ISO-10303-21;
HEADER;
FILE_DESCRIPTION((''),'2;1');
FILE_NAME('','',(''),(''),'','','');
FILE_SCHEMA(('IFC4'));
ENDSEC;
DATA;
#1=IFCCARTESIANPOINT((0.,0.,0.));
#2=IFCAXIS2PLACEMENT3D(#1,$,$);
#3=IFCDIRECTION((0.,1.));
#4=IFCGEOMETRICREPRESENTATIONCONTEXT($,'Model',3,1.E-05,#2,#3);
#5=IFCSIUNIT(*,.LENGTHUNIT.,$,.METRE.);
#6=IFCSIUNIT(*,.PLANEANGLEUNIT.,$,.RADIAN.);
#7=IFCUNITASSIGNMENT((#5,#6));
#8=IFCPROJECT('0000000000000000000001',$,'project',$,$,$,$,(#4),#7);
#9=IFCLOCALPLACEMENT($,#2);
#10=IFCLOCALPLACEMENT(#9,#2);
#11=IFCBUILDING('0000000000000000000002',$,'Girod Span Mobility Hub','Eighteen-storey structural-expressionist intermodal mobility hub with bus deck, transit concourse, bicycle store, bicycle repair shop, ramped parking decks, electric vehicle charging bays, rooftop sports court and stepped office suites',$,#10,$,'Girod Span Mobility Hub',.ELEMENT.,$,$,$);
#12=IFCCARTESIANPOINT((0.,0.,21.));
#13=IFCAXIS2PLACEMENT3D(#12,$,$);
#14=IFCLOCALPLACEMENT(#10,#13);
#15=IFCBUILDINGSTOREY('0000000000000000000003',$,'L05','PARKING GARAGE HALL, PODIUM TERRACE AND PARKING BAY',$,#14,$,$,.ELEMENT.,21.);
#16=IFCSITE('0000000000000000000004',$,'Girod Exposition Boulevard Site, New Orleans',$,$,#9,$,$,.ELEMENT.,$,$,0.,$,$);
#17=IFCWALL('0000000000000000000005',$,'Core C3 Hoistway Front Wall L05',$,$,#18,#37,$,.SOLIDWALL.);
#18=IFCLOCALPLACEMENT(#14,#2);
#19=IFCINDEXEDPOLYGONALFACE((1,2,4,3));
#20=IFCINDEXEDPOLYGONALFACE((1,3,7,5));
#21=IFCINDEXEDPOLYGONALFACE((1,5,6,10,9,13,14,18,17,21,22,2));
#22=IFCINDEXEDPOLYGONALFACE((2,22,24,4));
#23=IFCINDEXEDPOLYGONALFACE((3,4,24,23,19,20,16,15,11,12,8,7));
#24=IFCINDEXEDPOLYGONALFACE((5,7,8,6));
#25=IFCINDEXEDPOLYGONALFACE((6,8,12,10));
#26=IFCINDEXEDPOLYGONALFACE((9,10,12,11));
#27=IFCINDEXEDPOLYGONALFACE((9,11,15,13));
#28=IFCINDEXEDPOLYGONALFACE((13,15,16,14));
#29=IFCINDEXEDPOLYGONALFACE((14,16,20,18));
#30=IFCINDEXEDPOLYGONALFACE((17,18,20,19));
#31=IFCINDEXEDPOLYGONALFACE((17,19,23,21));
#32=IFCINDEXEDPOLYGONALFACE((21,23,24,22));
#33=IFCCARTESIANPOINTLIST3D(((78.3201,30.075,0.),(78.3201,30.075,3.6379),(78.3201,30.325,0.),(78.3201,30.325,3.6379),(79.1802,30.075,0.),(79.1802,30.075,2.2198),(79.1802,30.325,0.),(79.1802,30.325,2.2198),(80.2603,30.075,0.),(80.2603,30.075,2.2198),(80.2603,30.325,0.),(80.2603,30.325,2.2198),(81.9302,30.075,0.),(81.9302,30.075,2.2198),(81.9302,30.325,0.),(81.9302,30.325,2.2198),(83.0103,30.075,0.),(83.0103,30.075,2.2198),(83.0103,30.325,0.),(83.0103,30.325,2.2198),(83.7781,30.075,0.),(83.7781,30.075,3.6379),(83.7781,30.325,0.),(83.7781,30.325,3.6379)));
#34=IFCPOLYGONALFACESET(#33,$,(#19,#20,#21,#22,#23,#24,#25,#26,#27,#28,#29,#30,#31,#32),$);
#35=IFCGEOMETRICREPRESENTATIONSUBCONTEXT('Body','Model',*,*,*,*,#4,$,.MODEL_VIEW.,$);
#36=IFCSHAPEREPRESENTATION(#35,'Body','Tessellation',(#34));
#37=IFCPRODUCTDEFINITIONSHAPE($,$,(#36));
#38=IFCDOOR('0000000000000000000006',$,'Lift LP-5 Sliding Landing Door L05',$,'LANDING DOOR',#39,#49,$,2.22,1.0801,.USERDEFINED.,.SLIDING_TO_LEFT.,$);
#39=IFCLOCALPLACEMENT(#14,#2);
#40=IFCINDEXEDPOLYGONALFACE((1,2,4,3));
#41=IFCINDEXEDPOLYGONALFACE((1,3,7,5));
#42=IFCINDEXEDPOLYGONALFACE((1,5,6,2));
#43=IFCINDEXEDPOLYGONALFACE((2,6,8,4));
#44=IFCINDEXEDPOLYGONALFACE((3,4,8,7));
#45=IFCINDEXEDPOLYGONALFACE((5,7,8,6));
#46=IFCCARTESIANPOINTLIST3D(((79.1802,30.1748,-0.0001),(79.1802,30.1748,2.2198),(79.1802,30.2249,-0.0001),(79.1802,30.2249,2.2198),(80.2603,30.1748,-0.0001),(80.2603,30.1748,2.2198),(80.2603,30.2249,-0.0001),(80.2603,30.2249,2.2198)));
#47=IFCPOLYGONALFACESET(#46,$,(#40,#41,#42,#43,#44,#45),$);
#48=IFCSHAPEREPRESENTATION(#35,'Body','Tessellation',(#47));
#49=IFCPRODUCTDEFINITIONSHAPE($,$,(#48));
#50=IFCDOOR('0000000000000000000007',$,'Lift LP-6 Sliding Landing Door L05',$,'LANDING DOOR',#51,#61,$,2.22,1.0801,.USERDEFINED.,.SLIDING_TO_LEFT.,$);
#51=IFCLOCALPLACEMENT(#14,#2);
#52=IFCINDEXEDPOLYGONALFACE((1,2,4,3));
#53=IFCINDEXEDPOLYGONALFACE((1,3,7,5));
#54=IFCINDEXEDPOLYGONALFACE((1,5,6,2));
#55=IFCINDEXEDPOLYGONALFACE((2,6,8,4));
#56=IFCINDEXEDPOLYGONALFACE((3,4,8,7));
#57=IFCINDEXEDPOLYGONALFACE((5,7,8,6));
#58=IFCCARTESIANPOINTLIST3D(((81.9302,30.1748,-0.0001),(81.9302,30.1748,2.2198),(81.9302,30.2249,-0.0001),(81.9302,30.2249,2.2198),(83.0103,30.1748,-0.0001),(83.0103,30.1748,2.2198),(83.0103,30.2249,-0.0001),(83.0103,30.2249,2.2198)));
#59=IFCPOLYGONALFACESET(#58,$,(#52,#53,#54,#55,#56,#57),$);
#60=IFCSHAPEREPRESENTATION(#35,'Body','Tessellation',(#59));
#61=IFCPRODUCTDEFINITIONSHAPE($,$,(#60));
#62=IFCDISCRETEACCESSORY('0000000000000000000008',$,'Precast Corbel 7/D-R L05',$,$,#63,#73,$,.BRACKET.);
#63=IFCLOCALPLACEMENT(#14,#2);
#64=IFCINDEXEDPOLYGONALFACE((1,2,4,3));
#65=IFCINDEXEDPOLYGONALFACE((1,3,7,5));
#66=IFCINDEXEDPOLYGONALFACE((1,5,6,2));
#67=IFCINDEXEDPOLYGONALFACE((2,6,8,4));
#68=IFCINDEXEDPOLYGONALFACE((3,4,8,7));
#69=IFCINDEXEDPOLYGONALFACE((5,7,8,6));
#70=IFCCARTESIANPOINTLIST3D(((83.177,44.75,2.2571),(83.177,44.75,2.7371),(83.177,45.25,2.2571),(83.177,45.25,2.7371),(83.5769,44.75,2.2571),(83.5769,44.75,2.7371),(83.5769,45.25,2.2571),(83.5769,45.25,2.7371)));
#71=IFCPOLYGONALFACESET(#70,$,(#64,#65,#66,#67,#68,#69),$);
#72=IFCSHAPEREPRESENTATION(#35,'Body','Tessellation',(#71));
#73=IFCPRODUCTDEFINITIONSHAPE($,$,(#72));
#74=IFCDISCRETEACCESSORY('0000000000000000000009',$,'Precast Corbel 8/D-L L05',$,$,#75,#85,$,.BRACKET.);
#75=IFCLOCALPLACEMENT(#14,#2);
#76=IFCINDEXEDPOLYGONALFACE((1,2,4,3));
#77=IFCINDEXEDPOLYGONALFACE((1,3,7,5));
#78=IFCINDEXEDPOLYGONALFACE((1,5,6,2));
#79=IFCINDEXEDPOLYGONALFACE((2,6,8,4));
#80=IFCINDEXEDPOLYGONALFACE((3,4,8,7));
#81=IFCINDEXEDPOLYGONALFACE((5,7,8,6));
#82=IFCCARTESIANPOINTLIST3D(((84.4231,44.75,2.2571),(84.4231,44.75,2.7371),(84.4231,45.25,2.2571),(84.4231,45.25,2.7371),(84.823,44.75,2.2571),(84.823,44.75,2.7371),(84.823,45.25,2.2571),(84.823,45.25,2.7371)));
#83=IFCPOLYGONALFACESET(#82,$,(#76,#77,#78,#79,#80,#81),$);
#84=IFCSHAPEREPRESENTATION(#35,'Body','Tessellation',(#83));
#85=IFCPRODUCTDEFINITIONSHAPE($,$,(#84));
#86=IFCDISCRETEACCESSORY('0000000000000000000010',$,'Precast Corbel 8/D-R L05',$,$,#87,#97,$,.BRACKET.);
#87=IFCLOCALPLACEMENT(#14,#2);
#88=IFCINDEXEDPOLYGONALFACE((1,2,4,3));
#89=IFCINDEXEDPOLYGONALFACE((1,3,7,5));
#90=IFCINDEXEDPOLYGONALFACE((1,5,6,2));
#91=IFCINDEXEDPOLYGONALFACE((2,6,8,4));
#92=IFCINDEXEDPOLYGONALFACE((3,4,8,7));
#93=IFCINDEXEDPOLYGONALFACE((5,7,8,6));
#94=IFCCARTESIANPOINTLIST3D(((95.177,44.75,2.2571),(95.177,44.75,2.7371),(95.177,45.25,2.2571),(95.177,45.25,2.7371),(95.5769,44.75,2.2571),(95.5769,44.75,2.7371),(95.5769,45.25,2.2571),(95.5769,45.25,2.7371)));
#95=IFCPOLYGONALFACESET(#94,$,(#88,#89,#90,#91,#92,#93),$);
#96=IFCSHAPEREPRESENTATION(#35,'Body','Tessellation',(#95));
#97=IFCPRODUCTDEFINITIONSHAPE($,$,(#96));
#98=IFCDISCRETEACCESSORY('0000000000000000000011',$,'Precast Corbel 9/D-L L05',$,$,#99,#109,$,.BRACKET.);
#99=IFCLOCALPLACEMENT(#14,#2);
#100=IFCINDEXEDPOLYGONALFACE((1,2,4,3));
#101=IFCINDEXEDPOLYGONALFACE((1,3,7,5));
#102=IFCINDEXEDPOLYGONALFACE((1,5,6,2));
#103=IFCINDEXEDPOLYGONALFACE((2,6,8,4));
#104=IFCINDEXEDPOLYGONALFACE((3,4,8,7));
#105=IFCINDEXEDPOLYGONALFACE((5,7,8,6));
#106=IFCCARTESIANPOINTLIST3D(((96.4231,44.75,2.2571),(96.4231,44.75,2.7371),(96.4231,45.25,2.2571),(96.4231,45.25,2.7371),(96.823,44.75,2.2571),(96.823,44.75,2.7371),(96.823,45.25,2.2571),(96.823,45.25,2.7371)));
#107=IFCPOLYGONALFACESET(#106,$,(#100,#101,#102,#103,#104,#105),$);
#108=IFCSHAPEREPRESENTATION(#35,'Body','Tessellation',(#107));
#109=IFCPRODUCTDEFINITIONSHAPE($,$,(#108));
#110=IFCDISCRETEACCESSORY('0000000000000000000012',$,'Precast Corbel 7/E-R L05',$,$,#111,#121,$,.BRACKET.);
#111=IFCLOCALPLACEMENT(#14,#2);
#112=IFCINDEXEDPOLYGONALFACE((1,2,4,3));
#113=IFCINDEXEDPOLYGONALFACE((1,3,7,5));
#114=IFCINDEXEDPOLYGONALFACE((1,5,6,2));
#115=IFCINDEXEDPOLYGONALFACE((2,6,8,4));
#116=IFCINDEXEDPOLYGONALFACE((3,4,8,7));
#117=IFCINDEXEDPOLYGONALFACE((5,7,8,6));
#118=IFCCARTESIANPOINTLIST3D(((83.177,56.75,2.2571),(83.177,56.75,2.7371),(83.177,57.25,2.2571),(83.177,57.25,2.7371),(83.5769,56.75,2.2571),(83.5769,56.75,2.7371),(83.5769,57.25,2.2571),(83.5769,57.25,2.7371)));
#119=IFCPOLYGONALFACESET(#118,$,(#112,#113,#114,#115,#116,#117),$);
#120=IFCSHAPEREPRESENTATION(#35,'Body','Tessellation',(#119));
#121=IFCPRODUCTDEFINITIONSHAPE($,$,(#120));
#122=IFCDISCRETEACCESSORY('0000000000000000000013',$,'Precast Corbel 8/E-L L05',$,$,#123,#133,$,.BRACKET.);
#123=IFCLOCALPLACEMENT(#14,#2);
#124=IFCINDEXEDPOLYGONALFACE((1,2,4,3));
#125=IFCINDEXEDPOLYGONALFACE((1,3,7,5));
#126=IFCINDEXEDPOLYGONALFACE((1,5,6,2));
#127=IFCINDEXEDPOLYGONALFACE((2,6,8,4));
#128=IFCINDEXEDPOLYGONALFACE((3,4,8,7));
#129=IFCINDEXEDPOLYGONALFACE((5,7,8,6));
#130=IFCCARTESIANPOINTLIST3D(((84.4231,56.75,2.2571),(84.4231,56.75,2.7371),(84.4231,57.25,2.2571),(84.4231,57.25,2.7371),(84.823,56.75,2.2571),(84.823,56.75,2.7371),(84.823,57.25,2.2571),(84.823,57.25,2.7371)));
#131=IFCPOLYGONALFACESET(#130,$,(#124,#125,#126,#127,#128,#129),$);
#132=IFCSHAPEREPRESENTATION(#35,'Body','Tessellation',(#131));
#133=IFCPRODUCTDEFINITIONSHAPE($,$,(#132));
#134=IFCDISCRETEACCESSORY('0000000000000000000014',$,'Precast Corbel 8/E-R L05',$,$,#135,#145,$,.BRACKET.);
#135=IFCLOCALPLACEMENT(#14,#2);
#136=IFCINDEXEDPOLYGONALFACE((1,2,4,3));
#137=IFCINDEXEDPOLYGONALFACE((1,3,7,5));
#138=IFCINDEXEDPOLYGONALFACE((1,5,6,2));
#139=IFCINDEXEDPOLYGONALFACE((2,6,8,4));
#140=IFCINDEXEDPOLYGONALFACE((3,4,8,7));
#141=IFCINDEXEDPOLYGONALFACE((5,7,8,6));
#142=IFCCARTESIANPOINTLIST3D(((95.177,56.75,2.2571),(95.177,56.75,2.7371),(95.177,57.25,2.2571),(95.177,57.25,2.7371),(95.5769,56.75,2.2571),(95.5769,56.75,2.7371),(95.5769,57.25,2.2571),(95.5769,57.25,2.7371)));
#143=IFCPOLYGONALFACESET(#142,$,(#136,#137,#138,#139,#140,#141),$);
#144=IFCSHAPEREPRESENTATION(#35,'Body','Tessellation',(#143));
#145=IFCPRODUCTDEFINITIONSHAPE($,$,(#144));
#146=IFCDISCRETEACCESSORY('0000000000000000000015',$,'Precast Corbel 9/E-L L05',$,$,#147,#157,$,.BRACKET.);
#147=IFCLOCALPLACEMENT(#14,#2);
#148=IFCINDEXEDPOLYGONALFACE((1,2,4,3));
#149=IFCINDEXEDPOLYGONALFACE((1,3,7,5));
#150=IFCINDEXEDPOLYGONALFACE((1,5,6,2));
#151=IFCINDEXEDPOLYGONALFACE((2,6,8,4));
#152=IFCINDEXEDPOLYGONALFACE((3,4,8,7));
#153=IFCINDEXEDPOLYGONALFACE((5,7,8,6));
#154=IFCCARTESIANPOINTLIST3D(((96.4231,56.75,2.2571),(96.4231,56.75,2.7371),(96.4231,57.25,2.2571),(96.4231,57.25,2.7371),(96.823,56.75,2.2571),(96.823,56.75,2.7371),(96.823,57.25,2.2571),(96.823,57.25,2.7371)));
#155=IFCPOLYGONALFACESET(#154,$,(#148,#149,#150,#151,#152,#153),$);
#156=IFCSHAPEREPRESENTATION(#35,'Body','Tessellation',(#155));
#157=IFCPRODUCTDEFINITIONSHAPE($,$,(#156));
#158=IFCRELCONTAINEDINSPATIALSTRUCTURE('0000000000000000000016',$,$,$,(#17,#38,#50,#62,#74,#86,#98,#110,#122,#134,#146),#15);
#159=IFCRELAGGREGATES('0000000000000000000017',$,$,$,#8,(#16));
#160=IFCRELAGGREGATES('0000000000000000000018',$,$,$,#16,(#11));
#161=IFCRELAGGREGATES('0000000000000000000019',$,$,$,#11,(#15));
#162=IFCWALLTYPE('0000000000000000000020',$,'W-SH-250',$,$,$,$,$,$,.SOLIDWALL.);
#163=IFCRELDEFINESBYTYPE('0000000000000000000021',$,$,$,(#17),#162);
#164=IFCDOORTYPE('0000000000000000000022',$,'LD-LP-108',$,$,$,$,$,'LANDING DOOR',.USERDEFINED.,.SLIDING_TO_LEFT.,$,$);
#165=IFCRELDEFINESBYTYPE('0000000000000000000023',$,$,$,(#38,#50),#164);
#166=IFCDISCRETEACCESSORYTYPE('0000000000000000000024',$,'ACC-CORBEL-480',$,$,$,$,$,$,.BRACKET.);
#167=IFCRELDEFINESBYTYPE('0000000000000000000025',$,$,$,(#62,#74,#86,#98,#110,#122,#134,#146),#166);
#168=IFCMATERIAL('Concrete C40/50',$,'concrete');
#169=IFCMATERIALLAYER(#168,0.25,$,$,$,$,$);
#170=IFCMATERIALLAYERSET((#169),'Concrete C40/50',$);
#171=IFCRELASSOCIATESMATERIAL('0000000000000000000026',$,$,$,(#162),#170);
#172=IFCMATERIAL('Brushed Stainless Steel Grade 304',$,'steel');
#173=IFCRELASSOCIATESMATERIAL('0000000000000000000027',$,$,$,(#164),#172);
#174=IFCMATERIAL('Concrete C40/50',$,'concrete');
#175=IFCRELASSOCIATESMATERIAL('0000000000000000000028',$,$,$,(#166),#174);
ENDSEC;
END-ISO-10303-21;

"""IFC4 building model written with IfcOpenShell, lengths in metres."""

from ifc_helpers import new_model, si_unit, direction, frame, frame_2d, origin, origin_2d, place, context, subcontext, project, spatial, rectangle, extrude, material, layer, layer_set, type_object, element, fill, save


model = new_model("IFC4")

# Units and contexts
model_context = context("Model", 3, precision=1e-05, world=origin(), true_north=direction((0.0, 1.0)))
body_context = subcontext(model_context, "Body", "Model", "MODEL_VIEW")
ifc_project = project(units=[si_unit("LENGTHUNIT", "METRE"), si_unit("PLANEANGLEUNIT", "RADIAN")], contexts=[model_context])

# Site, building, storey
site_placement = place(None, origin())
site = spatial("IfcSite", under=ifc_project, at=site_placement, Name="Girod Exposition Boulevard Site, New Orleans", CompositionType="ELEMENT", RefElevation=0.0)
building_placement = place(site_placement, origin())
building = spatial("IfcBuilding", under=site, at=building_placement, Name="Girod Span Mobility Hub", Description="Eighteen-storey structural-expressionist intermodal mobility hub with bus deck, transit concourse, bicycle store, bicycle repair shop, ramped parking decks, electric vehicle charging bays, rooftop sports court and stepped office suites", LongName="Girod Span Mobility Hub", CompositionType="ELEMENT")
storey_placement = place(building_placement, frame((0.0, 0.0, 21.0)))
storey = spatial("IfcBuildingStorey", under=building, at=storey_placement, Name="L05", Description="PARKING GARAGE HALL, PODIUM TERRACE AND PARKING BAY", CompositionType="ELEMENT", Elevation=21.0)

# Wall, openings, doors
ifc_material_1 = material(Name="Concrete C40/50", Category="concrete")
ifc_layer_1 = layer(ifc_material_1, 0.25)
ifc_layer_set_1 = layer_set([ifc_layer_1], Name="Concrete C40/50")
wall_type_1 = type_object("IfcWallType", Name="W-SH-250", PredefinedType="SOLIDWALL", material=ifc_layer_set_1)
wall_1_placement = place(storey_placement, frame((78.3201, 30.2, 0.0), z_axis=(0.0, 0.0, 1.0), x_axis=(1.0, 0.0, 0.0)))
wall_1 = element("IfcWall", 1, at=wall_1_placement, inside=storey, type_object=wall_type_1, Name="Core C3 Hoistway Front Wall L05", PredefinedType="SOLIDWALL", context=body_context, shape_type="SweptSolid", body=[
    extrude(rectangle(XDim=5.458, YDim=0.25, at=frame_2d((2.729, 0.0))), origin(), (0.0, 0.0, 1.0), 3.6379),
])
opening_1_placement = place(wall_1_placement, frame((0.8601, 0.0, 0.0)))
opening_1 = element("IfcOpeningElement", 2, at=opening_1_placement, cuts=wall_1, PredefinedType="OPENING", context=body_context, shape_type="SweptSolid", body=[
    extrude(rectangle(XDim=1.0801, YDim=2.22, at=frame_2d((0.54, 1.1099))), frame((0.0, 0.1399, 0.0), z_axis=(0.0, -1.0, 0.0), x_axis=(1.0, 0.0, 0.0)), (0.0, 0.0, 1.0), 0.28),
])
opening_2_placement = place(wall_1_placement, frame((3.6101, 0.0, 0.0)))
opening_2 = element("IfcOpeningElement", 3, at=opening_2_placement, cuts=wall_1, PredefinedType="OPENING", context=body_context, shape_type="SweptSolid", body=[
    extrude(rectangle(XDim=1.0801, YDim=2.22, at=frame_2d((0.54, 1.1099))), frame((0.0, 0.1399, 0.0), z_axis=(0.0, -1.0, 0.0), x_axis=(1.0, 0.0, 0.0)), (0.0, 0.0, 1.0), 0.28),
])
ifc_material_2 = material(Name="Brushed Stainless Steel Grade 304", Category="steel")
door_type = type_object("IfcDoorType", Name="LD-LP-108", ElementType="LANDING DOOR", OperationType="SLIDING_TO_LEFT", PredefinedType="USERDEFINED", material=ifc_material_2)
door_1_placement = place(opening_1_placement, origin())
door_1 = element("IfcDoor", 4, at=door_1_placement, inside=storey, type_object=door_type, Name="Lift LP-5 Sliding Landing Door L05", ObjectType="LANDING DOOR", OperationType="SLIDING_TO_LEFT", OverallHeight=2.22, OverallWidth=1.0801, PredefinedType="USERDEFINED", context=body_context, shape_type="SweptSolid", body=[
    extrude(rectangle(XDim=1.0801, YDim=2.22, at=frame_2d((0.54, 1.1099))), frame((0.0, 0.0249, 0.0), z_axis=(0.0, -1.0, 0.0), x_axis=(1.0, 0.0, 0.0)), (0.0, 0.0, 1.0), 0.05),
])
fill(opening_1, door_1)
door_2_placement = place(opening_2_placement, origin())
door_2 = element("IfcDoor", 5, at=door_2_placement, inside=storey, type_object=door_type, Name="Lift LP-6 Sliding Landing Door L05", ObjectType="LANDING DOOR", OperationType="SLIDING_TO_LEFT", OverallHeight=2.22, OverallWidth=1.0801, PredefinedType="USERDEFINED", context=body_context, shape_type="SweptSolid", body=[
    extrude(rectangle(XDim=1.0801, YDim=2.22, at=frame_2d((0.54, 1.1099))), frame((0.0, 0.0249, 0.0), z_axis=(0.0, -1.0, 0.0), x_axis=(1.0, 0.0, 0.0)), (0.0, 0.0, 1.0), 0.05),
])
fill(opening_2, door_2)

# Discrete accessories
ifc_material_3 = material(Name="Concrete C40/50", Category="concrete")
discrete_accessory_type = type_object("IfcDiscreteAccessoryType", Name="ACC-CORBEL-480", PredefinedType="BRACKET", material=ifc_material_3)
for number, where, z_axis, x_axis, name in (
    (6, (83.377, 45.0, 2.2571), (0.0, 0.0, 1.0), (1.0, 0.0, 0.0), "Precast Corbel 7/D-R L05"),
    (7, (84.623, 45.0, 2.2571), (0.0, 0.0, 1.0), (1.0, 0.0, 0.0), "Precast Corbel 8/D-L L05"),
    (8, (95.377, 45.0, 2.2571), (0.0, 0.0, 1.0), (1.0, 0.0, 0.0), "Precast Corbel 8/D-R L05"),
    (9, (96.623, 45.0, 2.2571), (0.0, 0.0, 1.0), (1.0, 0.0, 0.0), "Precast Corbel 9/D-L L05"),
    (10, (83.377, 57.0, 2.2571), (0.0, 0.0, 1.0), (1.0, 0.0, 0.0), "Precast Corbel 7/E-R L05"),
    (11, (84.623, 57.0, 2.2571), (0.0, 0.0, 1.0), (1.0, 0.0, 0.0), "Precast Corbel 8/E-L L05"),
    (12, (95.377, 57.0, 2.2571), (0.0, 0.0, 1.0), (1.0, 0.0, 0.0), "Precast Corbel 8/E-R L05"),
    (13, (96.623, 57.0, 2.2571), (0.0, 0.0, 1.0), (1.0, 0.0, 0.0), "Precast Corbel 9/E-L L05"),
):
    element("IfcDiscreteAccessory", number, at=place(storey_placement, frame(where, z_axis=z_axis, x_axis=x_axis)), inside=storey, type_object=discrete_accessory_type, Name=name, PredefinedType="BRACKET", context=body_context, shape_type="SweptSolid", body=[
        extrude(rectangle(XDim=0.3999, YDim=0.5, at=origin_2d()), origin(), (0.0, 0.0, 1.0), 0.48),
    ])

save(model, "model.ifc")
